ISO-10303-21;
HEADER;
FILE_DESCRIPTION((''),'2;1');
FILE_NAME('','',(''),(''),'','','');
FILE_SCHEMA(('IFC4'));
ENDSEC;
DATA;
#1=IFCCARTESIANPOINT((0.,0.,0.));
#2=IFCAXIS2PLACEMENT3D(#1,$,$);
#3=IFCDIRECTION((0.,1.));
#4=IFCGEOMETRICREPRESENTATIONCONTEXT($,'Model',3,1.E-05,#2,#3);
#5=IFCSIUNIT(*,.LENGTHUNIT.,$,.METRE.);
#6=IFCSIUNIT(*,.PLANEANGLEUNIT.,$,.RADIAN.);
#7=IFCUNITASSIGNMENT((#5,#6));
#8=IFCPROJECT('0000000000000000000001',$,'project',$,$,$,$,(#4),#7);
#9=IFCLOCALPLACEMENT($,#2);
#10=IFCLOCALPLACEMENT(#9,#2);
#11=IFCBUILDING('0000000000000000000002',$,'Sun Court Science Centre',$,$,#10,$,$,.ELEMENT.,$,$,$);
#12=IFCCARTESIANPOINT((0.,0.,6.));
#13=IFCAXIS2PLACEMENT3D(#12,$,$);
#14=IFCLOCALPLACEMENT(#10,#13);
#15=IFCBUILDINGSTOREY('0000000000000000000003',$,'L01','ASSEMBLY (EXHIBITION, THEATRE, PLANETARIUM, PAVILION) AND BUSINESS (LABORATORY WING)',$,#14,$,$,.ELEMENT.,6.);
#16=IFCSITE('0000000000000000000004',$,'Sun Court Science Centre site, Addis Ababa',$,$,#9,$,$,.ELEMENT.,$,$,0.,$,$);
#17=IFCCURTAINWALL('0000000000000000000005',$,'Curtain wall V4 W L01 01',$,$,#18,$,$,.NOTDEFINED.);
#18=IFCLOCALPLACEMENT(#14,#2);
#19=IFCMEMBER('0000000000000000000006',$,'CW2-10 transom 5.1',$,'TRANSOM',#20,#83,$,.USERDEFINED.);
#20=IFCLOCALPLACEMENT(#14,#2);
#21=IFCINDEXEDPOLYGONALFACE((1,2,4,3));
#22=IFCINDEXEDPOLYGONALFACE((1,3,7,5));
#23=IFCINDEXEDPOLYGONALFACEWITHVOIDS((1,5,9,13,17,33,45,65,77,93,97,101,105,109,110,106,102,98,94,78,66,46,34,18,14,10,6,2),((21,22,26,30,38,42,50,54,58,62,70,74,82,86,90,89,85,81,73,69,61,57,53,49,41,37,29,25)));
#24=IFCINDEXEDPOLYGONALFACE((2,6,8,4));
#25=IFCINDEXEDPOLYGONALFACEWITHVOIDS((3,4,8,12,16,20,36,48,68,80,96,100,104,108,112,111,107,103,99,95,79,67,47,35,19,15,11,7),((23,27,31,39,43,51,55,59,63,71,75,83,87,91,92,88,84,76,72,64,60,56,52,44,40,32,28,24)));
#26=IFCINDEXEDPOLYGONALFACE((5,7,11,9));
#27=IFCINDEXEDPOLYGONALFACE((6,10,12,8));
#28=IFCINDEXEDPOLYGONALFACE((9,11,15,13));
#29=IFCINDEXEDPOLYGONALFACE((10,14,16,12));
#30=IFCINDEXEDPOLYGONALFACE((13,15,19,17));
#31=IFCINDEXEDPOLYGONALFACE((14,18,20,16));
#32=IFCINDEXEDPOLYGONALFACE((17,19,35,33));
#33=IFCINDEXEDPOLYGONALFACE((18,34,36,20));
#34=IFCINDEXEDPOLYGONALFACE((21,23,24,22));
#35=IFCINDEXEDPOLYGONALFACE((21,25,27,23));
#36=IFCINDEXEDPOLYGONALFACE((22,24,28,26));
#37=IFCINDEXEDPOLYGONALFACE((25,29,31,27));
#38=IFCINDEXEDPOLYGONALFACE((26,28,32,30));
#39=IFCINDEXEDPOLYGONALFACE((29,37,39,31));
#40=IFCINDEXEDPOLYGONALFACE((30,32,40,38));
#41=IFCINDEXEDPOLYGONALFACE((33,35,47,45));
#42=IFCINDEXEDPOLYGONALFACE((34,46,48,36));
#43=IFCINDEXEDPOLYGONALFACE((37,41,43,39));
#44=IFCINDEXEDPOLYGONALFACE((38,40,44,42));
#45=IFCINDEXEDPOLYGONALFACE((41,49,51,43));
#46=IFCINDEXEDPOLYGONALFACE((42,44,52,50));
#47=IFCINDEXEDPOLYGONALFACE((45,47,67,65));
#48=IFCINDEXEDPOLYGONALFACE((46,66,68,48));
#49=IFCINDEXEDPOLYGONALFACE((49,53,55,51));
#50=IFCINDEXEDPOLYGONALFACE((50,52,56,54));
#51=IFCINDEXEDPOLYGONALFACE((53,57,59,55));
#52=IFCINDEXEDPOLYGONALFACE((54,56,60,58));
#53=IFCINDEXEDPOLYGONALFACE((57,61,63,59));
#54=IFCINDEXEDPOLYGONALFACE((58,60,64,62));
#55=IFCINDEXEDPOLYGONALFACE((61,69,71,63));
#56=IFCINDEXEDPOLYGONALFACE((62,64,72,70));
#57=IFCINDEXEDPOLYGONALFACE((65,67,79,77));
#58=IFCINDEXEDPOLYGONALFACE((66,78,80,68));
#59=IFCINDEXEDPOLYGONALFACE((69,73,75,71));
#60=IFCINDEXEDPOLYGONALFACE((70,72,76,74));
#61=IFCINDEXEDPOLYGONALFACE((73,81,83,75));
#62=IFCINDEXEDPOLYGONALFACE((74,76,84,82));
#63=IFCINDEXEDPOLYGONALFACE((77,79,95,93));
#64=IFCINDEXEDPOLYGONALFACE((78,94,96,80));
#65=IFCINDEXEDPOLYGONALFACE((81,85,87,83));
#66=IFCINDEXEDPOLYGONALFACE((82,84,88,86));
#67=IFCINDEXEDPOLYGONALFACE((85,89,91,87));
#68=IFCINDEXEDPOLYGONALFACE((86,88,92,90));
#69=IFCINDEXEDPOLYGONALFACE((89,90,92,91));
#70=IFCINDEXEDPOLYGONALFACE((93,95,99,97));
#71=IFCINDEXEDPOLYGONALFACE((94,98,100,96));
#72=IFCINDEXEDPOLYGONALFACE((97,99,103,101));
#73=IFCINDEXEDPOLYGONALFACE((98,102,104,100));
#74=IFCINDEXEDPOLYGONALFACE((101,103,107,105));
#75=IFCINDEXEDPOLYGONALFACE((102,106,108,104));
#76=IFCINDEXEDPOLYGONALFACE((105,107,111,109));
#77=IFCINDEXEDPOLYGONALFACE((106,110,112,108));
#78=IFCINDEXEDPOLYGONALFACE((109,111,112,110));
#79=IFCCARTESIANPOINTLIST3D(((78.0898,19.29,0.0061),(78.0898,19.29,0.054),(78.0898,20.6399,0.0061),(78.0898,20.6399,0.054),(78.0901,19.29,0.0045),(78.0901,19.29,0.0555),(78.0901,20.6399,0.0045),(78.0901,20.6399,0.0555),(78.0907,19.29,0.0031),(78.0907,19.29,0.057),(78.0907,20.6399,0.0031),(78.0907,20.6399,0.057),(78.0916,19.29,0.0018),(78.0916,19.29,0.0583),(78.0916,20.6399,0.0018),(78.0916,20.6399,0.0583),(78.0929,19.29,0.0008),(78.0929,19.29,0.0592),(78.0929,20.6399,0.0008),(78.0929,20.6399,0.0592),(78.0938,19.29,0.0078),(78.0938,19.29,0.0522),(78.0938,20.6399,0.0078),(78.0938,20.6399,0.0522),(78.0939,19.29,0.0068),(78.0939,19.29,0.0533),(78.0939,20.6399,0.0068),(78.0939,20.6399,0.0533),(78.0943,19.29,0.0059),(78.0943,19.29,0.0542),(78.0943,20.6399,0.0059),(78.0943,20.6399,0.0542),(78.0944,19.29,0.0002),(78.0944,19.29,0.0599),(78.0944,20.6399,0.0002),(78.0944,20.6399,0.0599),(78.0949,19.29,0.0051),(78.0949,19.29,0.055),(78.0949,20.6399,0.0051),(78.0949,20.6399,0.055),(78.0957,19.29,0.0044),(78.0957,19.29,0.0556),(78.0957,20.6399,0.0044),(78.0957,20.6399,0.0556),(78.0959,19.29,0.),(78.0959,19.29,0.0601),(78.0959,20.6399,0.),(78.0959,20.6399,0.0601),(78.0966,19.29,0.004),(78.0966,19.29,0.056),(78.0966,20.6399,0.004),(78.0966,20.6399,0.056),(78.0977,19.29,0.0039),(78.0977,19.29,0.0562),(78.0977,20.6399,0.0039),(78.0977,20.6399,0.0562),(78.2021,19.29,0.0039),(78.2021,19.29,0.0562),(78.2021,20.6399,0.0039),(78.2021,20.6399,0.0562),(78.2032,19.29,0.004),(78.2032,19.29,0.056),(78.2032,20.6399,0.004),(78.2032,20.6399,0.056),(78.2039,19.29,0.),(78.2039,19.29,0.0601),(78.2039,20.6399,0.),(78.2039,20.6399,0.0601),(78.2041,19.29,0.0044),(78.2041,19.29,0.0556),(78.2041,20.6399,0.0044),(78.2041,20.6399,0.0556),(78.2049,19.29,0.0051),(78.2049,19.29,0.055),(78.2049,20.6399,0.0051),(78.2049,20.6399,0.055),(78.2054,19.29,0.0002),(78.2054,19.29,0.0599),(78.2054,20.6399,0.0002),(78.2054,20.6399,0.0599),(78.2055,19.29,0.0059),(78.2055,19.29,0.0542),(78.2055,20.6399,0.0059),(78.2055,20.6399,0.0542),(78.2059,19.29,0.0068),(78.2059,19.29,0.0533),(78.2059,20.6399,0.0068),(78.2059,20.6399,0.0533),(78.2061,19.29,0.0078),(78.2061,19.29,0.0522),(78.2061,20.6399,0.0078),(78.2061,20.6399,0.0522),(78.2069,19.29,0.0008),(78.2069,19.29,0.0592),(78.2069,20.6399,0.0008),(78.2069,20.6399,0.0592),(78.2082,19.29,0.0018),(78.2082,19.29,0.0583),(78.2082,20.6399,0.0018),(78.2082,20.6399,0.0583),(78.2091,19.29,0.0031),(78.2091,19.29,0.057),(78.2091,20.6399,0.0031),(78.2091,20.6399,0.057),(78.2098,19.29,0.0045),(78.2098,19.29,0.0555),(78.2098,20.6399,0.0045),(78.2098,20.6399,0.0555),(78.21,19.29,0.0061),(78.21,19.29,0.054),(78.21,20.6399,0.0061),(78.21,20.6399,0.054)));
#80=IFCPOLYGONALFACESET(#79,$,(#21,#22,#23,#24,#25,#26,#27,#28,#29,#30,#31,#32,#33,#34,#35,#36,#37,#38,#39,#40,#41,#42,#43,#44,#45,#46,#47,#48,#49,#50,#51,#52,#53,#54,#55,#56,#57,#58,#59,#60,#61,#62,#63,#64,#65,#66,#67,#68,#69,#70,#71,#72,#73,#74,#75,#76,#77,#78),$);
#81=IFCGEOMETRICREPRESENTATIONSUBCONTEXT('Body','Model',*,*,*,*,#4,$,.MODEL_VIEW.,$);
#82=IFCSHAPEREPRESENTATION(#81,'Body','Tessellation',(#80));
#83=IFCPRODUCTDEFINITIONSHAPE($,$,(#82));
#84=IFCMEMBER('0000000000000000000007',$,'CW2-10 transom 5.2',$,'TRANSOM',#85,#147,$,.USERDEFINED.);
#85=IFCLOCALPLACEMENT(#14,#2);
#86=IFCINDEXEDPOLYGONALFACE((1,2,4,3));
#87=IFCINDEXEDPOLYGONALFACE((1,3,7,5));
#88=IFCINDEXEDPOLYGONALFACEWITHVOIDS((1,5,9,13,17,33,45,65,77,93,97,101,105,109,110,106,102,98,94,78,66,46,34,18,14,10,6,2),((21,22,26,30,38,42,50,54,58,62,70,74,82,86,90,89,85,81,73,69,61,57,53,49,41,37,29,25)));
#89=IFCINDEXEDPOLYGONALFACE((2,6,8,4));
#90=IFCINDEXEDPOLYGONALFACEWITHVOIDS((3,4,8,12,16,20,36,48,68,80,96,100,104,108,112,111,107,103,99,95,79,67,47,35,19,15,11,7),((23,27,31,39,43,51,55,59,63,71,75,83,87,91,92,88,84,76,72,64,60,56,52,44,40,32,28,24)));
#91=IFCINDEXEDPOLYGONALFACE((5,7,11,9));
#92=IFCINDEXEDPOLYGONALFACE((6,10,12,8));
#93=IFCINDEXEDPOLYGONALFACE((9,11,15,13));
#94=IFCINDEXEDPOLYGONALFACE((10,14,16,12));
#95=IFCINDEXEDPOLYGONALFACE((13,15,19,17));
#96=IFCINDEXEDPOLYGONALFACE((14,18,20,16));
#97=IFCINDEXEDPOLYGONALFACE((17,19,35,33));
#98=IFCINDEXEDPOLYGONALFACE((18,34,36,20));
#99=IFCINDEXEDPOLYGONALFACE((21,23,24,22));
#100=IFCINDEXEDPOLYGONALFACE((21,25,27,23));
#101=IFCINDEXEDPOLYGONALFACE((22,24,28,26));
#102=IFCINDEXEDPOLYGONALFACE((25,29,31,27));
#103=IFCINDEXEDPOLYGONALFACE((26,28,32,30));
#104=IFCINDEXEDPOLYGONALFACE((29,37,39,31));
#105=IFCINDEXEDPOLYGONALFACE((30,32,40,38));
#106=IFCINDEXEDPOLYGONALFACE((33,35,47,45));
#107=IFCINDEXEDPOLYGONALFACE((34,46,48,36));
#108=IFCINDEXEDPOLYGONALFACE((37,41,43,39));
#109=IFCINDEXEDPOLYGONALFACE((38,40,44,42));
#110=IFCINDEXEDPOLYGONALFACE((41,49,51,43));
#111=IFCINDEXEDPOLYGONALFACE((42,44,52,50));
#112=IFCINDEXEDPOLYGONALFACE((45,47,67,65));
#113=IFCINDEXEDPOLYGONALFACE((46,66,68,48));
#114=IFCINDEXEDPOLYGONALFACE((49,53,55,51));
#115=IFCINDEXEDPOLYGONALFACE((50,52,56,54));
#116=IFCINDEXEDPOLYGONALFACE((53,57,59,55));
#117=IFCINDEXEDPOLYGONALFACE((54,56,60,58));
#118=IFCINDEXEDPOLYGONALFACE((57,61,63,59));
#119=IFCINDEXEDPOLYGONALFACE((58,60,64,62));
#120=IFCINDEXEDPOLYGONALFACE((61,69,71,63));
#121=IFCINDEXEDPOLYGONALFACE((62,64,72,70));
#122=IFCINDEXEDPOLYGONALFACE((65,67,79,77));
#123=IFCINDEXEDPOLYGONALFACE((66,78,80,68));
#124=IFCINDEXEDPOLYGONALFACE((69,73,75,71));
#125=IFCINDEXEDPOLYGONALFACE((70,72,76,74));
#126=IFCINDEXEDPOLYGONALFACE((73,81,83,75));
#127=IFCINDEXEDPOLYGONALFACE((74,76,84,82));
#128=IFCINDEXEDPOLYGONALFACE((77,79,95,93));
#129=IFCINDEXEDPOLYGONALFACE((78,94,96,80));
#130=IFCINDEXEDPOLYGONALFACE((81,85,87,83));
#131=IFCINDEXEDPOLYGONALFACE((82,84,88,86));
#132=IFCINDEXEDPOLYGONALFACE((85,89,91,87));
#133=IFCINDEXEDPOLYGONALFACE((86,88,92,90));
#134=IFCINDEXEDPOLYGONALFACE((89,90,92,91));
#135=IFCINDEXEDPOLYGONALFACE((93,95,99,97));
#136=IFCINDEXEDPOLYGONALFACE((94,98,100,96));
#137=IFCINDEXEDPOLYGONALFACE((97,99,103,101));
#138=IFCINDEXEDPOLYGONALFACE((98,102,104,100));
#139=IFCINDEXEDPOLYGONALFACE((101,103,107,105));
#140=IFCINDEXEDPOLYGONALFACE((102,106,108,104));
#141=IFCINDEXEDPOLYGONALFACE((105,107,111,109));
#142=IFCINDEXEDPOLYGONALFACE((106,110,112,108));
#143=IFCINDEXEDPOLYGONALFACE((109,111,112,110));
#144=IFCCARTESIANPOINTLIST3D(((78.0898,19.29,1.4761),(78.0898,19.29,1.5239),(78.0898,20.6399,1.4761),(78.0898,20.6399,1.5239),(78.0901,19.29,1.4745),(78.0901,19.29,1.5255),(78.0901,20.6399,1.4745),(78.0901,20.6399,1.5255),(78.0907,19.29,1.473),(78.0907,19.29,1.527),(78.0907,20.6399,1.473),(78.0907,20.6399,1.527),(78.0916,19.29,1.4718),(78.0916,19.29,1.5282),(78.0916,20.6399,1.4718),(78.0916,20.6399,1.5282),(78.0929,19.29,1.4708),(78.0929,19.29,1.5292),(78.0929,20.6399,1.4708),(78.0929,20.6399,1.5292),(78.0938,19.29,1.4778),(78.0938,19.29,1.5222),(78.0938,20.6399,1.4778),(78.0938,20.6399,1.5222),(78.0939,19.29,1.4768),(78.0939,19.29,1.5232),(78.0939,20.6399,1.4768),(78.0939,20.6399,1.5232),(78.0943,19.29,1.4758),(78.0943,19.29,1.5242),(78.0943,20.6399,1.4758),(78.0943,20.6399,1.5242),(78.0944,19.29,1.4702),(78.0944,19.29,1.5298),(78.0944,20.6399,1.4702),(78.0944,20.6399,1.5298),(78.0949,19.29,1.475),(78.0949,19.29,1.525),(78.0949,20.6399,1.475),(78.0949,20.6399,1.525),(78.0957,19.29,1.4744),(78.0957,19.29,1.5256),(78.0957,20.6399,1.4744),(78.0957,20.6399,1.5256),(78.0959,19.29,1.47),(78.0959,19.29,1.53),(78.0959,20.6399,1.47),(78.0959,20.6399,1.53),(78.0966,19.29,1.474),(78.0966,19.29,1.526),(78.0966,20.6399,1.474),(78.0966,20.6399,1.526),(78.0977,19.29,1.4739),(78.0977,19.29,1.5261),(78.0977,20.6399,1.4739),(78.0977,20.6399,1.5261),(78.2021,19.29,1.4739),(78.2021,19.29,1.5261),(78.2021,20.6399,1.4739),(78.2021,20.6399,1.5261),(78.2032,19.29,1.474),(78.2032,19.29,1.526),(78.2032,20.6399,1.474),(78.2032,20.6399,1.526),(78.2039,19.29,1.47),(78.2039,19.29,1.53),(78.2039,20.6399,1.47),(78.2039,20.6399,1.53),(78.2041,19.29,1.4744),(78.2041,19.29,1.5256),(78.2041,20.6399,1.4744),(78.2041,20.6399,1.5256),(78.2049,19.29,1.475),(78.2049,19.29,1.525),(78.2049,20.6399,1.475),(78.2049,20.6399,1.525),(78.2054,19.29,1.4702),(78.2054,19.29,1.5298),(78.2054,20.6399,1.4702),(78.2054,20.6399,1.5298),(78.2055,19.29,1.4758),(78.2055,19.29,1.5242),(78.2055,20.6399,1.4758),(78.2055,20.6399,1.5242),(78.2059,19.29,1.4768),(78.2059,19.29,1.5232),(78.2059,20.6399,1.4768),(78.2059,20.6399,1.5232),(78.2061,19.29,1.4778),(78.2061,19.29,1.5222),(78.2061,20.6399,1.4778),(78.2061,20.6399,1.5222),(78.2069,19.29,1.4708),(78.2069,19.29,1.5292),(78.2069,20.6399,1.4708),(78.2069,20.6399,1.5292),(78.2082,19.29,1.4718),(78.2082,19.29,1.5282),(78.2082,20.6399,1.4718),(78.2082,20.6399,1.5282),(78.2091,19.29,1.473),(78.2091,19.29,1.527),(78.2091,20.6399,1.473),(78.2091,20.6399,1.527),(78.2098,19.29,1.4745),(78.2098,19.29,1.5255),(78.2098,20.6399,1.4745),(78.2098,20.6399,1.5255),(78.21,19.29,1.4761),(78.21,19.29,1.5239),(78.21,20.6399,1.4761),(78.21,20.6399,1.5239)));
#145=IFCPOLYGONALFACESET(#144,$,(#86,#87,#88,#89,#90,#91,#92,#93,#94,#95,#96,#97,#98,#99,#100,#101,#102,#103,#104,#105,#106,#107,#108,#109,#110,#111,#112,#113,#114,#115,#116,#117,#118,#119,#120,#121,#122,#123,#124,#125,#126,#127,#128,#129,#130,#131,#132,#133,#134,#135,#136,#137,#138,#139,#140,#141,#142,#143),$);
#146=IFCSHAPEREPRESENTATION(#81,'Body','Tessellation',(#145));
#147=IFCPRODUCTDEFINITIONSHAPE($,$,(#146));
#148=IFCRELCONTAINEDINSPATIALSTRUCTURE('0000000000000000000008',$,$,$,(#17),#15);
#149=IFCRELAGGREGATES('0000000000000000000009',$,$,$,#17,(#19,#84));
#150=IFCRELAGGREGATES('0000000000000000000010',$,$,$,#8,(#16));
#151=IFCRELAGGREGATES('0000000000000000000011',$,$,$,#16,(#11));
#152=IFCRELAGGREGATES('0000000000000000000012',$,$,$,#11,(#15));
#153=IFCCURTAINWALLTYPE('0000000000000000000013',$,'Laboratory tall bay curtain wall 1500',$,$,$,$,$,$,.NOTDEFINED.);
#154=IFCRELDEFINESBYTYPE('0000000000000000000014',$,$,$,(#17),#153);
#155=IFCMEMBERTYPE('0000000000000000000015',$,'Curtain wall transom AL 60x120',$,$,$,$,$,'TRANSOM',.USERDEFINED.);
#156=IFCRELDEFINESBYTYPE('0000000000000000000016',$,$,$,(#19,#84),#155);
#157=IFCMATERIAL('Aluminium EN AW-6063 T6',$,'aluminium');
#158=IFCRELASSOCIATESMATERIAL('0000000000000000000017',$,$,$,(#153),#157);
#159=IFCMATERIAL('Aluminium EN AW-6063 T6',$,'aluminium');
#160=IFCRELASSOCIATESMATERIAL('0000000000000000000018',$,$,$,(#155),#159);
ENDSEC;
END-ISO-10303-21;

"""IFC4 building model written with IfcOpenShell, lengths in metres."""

from ifc_helpers import new_model, si_unit, direction, frame, origin, origin_2d, place, context, subcontext, project, spatial, hollow_rectangle, extrude, material, material_profile, profile_set, type_object, element, aggregate, save


model = new_model("IFC4")

# Units and contexts
model_context = context("Model", 3, precision=1e-05, world=origin(), true_north=direction((0.0, 1.0)))
body_context = subcontext(model_context, "Body", "Model", "MODEL_VIEW")
ifc_project = project(units=[si_unit("LENGTHUNIT", "METRE"), si_unit("PLANEANGLEUNIT", "RADIAN")], contexts=[model_context])

# Site, building, storey
site_placement = place(None, origin())
site = spatial("IfcSite", under=ifc_project, at=site_placement, Name="Sun Court Science Centre site, Addis Ababa", CompositionType="ELEMENT", RefElevation=0.0)
building_placement = place(site_placement, origin())
building = spatial("IfcBuilding", under=site, at=building_placement, Name="Sun Court Science Centre", CompositionType="ELEMENT")
storey_placement = place(building_placement, frame((0.0, 0.0, 6.0)))
storey = spatial("IfcBuildingStorey", under=building, at=storey_placement, Name="L01", Description="ASSEMBLY (EXHIBITION, THEATRE, PLANETARIUM, PAVILION) AND BUSINESS (LABORATORY WING)", CompositionType="ELEMENT", Elevation=6.0)

# Curtain wall
ifc_material_1 = material(Name="Aluminium EN AW-6063 T6", Category="aluminium")
curtain_wall_type = type_object("IfcCurtainWallType", Name="Laboratory tall bay curtain wall 1500", PredefinedType="NOTDEFINED", material=ifc_material_1)
curtain_wall_1_placement = place(storey_placement, origin())
curtain_wall_1 = element("IfcCurtainWall", 1, at=curtain_wall_1_placement, inside=storey, type_object=curtain_wall_type, Name="Curtain wall V4 W L01 01", PredefinedType="NOTDEFINED")

# Members
ifc_material_2 = material(Name="Aluminium EN AW-6063 T6", Category="aluminium")
ifc_material_profile_1 = material_profile(ifc_material_2, hollow_rectangle(XDim=0.0601, YDim=0.1201, WallThickness=0.0039, InnerFilletRadius=0.0039, OuterFilletRadius=0.0061, at=origin_2d()), Name="AL 60x120x4")
ifc_profile_set_1 = profile_set([ifc_material_profile_1], Name="Aluminium EN AW-6063 T6")
member_type_1 = type_object("IfcMemberType", Name="Curtain wall transom AL 60x120", ElementType="TRANSOM", PredefinedType="USERDEFINED", material=ifc_profile_set_1)
member_1_placement = place(storey_placement, frame((78.1499, 19.29, 0.03), z_axis=(0.0, 1.0, 0.0), x_axis=(0.0, 0.0, 1.0)))
member_1 = element("IfcMember", 2, at=member_1_placement, type_object=member_type_1, Name="CW2-10 transom 5.1", ObjectType="TRANSOM", PredefinedType="USERDEFINED", context=body_context, shape_type="SweptSolid", body=[
    extrude(hollow_rectangle(XDim=0.0601, YDim=0.1201, WallThickness=0.0039, InnerFilletRadius=0.0039, OuterFilletRadius=0.0061, at=origin_2d()), origin(), (0.0, 0.0, 1.0), 1.3499),
])
member_2_placement = place(storey_placement, frame((78.1499, 19.29, 1.5), z_axis=(0.0, 1.0, 0.0), x_axis=(0.0, 0.0, 1.0)))
member_2 = element("IfcMember", 3, at=member_2_placement, type_object=member_type_1, Name="CW2-10 transom 5.2", ObjectType="TRANSOM", PredefinedType="USERDEFINED", context=body_context, shape_type="SweptSolid", body=[
    extrude(hollow_rectangle(XDim=0.0601, YDim=0.1201, WallThickness=0.0039, InnerFilletRadius=0.0039, OuterFilletRadius=0.0061, at=origin_2d()), origin(), (0.0, 0.0, 1.0), 1.3499),
])

aggregate(curtain_wall_1, [member_1, member_2])

save(model, "model.ifc")
